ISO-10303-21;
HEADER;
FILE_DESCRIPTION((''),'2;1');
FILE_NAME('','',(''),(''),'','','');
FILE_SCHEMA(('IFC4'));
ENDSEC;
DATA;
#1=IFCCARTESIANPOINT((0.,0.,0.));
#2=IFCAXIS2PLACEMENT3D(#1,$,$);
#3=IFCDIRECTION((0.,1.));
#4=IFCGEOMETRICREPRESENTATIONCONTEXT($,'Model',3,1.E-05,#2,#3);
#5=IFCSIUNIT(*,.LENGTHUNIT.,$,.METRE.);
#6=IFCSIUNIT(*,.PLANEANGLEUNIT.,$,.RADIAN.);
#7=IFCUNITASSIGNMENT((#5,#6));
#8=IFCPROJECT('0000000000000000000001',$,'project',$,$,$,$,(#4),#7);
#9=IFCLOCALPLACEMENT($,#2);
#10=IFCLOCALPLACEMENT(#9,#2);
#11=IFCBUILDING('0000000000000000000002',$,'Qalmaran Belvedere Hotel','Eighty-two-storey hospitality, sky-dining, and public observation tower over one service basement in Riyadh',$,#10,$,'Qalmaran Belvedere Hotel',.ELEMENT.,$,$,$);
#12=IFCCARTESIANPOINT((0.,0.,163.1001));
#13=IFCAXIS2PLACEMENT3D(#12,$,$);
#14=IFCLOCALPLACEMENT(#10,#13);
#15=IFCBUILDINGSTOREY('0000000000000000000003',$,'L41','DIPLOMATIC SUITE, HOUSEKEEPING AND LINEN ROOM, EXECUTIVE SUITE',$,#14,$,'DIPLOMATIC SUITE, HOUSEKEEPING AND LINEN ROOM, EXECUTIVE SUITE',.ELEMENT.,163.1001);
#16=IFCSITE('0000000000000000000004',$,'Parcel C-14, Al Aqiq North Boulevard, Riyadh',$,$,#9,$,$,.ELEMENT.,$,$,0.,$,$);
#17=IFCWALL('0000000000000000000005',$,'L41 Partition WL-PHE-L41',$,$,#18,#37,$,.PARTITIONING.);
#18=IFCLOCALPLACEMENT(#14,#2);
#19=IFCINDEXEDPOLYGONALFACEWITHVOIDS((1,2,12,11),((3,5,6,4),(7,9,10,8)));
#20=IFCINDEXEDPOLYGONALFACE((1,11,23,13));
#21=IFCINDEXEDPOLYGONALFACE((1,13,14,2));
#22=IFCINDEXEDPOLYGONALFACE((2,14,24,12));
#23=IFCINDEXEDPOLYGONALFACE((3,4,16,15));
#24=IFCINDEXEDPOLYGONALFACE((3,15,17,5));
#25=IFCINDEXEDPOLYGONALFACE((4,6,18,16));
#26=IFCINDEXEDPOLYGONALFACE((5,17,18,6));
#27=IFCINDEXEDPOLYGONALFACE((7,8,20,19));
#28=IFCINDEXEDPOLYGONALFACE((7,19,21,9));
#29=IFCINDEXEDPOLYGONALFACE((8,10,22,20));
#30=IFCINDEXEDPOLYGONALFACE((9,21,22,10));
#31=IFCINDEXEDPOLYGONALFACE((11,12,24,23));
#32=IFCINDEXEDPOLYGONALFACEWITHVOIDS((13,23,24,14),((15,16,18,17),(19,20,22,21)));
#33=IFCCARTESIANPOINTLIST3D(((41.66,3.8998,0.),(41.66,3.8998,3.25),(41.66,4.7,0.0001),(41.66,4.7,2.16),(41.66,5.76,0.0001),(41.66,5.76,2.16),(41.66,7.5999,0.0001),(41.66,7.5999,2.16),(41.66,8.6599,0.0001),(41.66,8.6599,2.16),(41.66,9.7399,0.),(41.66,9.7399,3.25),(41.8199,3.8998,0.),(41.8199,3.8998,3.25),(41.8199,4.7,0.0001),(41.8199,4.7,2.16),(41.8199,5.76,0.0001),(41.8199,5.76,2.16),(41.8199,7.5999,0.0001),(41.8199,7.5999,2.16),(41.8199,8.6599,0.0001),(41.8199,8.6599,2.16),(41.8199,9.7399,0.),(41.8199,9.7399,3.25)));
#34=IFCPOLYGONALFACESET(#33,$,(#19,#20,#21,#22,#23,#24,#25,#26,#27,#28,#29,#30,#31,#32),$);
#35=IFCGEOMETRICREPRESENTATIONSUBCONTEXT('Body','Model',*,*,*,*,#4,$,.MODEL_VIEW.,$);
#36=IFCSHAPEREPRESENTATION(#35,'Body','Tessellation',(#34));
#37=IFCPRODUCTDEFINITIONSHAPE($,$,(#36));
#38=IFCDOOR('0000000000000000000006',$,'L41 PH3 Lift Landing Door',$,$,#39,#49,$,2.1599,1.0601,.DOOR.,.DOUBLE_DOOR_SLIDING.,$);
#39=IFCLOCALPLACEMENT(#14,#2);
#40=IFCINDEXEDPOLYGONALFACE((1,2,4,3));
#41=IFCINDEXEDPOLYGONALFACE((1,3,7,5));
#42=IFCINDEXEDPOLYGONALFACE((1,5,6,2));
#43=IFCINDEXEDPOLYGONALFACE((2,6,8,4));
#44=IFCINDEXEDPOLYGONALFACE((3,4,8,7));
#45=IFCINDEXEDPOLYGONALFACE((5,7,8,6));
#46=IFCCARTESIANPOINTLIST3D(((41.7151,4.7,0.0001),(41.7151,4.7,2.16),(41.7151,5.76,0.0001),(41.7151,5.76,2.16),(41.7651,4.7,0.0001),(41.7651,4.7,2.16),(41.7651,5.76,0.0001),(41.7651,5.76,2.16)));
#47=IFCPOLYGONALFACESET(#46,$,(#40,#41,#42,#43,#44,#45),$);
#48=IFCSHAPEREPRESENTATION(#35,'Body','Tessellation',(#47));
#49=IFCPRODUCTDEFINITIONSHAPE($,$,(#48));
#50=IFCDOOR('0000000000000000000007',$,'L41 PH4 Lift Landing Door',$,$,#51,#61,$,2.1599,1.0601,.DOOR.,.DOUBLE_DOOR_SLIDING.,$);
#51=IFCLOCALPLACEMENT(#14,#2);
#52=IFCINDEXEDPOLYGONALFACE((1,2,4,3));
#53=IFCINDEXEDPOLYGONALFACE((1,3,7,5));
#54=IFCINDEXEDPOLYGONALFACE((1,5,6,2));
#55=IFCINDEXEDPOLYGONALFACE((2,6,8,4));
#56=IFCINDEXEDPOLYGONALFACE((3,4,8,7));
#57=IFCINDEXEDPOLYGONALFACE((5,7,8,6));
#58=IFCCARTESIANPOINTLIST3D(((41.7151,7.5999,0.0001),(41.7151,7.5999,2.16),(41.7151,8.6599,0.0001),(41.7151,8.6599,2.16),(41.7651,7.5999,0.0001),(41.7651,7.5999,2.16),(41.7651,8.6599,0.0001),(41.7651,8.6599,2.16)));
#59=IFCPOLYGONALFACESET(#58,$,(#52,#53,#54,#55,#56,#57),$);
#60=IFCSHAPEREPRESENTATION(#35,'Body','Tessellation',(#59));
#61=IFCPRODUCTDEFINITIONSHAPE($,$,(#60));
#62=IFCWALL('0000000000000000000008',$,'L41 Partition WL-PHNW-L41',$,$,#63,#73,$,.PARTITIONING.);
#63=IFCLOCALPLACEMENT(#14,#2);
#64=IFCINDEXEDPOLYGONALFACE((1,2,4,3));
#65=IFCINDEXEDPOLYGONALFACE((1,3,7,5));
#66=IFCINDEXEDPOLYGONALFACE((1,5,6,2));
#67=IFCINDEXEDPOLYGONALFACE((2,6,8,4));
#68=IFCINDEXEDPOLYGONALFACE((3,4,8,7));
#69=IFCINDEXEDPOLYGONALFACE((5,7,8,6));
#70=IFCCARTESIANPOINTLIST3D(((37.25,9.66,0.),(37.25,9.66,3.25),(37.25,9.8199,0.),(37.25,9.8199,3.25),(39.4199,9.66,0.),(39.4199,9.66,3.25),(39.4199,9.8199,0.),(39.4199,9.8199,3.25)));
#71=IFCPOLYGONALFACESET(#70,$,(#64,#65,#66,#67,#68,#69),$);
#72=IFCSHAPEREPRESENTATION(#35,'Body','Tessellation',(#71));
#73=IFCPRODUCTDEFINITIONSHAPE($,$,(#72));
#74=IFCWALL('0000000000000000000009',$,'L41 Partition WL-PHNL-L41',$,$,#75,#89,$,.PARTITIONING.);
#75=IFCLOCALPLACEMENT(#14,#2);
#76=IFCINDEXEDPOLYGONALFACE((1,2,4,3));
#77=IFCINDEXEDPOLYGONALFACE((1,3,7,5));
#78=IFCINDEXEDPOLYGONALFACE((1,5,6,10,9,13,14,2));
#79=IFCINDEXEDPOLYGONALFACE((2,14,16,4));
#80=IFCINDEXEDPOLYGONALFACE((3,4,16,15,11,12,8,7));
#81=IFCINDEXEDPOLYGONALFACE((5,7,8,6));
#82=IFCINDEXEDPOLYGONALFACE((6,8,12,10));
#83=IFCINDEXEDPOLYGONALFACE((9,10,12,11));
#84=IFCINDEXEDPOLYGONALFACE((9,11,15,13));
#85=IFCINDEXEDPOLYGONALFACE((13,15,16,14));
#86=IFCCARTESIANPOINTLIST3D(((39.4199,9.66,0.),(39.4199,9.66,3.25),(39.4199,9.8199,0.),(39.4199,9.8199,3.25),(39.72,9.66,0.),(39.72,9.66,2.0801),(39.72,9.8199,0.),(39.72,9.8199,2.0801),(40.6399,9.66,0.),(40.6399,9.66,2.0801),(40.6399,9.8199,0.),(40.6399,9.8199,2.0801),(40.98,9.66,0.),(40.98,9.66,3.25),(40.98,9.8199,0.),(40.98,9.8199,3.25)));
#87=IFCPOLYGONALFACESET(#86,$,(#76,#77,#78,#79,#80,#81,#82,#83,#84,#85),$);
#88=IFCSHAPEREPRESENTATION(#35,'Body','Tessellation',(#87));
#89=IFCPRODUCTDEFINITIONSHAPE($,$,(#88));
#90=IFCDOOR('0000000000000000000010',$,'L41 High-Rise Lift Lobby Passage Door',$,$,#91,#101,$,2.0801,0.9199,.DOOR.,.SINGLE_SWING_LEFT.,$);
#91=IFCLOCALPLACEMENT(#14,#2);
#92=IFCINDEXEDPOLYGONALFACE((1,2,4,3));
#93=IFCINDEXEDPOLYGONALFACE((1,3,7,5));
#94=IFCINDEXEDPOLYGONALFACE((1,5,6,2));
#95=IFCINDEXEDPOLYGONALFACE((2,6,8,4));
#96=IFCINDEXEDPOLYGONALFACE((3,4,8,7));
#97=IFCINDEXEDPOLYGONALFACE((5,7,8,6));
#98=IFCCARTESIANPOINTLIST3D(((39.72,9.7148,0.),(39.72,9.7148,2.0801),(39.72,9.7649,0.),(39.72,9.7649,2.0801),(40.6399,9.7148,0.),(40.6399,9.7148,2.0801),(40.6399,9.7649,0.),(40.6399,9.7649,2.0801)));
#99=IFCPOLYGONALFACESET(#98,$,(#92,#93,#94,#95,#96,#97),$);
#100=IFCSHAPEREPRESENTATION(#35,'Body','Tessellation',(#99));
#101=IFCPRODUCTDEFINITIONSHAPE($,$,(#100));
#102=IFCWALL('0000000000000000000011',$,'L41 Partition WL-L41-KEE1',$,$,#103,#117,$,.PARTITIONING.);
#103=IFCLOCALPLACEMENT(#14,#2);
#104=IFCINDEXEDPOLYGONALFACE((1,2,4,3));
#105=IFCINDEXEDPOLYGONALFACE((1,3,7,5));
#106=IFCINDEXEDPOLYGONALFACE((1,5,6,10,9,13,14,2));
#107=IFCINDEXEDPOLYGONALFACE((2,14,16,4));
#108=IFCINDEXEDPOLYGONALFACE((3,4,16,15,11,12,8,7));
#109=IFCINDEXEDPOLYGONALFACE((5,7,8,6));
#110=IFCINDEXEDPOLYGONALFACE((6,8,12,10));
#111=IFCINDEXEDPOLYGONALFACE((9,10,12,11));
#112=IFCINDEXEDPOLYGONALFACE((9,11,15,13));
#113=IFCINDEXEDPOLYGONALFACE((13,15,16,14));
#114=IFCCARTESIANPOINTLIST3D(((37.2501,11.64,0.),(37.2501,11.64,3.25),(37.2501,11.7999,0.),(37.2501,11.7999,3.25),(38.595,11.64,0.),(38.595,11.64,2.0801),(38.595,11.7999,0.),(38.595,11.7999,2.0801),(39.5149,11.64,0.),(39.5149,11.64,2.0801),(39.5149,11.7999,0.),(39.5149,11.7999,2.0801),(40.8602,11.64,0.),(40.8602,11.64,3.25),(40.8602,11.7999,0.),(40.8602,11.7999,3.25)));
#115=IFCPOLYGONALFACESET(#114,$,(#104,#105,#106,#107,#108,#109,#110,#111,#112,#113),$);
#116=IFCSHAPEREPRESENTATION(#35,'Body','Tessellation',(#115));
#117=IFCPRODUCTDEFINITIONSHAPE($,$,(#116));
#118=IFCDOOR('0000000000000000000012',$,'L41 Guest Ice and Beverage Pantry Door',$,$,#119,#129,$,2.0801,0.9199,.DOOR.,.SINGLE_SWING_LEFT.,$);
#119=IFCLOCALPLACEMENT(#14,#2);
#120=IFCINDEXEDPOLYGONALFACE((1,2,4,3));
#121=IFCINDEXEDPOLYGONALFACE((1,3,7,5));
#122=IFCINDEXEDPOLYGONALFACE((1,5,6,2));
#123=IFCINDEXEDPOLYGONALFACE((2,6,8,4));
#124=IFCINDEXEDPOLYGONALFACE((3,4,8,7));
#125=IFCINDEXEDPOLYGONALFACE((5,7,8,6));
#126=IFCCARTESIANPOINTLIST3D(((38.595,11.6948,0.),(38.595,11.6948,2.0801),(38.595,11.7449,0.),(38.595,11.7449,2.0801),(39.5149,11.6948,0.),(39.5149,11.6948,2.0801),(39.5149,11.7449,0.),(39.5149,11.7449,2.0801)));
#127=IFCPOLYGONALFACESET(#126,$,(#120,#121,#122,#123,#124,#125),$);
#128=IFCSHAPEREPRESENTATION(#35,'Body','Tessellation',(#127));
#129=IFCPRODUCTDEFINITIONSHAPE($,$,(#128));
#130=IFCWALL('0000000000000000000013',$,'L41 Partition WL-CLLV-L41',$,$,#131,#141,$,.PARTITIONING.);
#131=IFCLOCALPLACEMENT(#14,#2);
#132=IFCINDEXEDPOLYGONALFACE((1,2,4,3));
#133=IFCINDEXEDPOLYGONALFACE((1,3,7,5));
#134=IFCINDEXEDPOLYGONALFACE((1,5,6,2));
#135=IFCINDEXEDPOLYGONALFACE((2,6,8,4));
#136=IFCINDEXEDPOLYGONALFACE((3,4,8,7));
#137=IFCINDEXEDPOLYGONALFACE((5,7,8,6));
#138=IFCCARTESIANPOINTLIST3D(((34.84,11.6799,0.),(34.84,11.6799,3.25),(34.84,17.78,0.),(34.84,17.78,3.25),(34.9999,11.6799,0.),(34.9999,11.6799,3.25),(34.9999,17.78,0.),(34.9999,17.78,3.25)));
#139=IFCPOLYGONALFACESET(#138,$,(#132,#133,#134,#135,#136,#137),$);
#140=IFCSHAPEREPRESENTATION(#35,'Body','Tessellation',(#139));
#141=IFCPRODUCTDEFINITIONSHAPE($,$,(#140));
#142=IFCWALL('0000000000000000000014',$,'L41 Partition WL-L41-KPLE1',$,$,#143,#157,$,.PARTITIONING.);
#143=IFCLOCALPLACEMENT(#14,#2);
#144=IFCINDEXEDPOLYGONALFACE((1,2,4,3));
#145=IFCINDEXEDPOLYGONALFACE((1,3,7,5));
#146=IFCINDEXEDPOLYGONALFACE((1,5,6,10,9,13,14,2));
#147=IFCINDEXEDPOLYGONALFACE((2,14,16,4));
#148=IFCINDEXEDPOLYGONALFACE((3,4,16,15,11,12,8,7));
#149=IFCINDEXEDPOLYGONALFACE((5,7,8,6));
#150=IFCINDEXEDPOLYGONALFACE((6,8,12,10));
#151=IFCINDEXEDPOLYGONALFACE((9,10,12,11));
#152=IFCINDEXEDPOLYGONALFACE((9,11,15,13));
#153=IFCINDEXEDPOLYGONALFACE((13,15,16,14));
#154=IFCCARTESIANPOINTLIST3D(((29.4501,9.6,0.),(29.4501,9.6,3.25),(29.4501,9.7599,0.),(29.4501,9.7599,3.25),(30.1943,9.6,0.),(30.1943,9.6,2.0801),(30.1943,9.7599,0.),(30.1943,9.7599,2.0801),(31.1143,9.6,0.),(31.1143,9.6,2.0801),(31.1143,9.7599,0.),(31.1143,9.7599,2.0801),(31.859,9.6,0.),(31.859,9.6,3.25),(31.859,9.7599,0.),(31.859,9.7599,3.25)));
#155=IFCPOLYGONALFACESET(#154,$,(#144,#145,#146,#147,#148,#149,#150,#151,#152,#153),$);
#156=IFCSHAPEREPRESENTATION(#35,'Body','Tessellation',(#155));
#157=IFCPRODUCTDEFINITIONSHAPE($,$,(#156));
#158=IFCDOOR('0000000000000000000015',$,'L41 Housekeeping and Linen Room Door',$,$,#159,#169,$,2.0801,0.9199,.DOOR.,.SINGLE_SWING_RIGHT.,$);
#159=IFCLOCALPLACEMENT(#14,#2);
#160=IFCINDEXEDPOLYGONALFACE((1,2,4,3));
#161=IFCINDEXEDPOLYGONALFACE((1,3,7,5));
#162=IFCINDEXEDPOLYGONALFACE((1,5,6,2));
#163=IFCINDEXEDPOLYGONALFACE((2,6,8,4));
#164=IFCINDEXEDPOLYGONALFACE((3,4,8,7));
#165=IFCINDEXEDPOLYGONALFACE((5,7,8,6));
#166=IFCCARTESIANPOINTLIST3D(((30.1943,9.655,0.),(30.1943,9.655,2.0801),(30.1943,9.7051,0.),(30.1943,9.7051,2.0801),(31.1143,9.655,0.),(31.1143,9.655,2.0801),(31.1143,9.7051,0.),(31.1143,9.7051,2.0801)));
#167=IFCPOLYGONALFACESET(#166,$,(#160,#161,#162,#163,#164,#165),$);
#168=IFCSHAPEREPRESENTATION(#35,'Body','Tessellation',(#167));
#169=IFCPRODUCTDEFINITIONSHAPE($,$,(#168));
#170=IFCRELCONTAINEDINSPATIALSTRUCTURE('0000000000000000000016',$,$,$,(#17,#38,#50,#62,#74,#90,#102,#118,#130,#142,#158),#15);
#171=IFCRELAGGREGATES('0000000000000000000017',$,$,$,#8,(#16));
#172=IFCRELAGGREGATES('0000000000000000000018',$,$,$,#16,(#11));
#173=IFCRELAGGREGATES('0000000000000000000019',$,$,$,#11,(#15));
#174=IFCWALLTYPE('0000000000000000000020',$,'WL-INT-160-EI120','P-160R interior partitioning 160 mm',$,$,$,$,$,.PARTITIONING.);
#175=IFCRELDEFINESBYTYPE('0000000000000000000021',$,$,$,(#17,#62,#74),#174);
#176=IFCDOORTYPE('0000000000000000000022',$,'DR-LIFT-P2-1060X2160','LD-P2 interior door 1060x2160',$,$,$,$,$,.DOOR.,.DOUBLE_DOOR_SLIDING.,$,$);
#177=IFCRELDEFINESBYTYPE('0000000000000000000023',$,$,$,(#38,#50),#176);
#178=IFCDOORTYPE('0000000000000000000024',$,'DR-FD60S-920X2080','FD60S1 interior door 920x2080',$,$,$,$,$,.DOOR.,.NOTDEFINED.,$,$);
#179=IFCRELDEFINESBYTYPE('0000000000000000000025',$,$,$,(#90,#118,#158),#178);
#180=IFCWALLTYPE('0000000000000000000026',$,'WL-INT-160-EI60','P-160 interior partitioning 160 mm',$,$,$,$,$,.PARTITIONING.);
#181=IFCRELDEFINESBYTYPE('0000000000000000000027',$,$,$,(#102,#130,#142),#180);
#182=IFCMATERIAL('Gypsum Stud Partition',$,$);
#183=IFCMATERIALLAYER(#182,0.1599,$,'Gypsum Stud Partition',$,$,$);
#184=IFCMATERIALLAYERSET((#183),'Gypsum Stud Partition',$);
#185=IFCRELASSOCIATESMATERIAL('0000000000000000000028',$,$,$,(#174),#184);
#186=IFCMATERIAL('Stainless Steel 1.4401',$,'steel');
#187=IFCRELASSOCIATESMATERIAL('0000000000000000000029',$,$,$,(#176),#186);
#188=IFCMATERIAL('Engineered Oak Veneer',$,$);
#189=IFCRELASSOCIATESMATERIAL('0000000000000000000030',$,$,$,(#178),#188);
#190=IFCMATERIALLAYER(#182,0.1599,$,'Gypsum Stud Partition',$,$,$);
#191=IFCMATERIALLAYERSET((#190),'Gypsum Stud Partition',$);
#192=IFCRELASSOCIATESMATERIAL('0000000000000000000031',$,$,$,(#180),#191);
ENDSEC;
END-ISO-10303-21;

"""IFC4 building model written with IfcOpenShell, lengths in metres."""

from ifc_helpers import new_model, si_unit, direction, frame, frame_2d, origin, place, context, subcontext, project, spatial, rectangle, extrude, material, layer, layer_set, type_object, element, fill, save


model = new_model("IFC4")

# Units and contexts
model_context = context("Model", 3, precision=1e-05, world=origin(), true_north=direction((0.0, 1.0)))
body_context = subcontext(model_context, "Body", "Model", "MODEL_VIEW")
ifc_project = project(units=[si_unit("LENGTHUNIT", "METRE"), si_unit("PLANEANGLEUNIT", "RADIAN")], contexts=[model_context])

# Site, building, storey
site_placement = place(None, origin())
site = spatial("IfcSite", under=ifc_project, at=site_placement, Name="Parcel C-14, Al Aqiq North Boulevard, Riyadh", CompositionType="ELEMENT", RefElevation=0.0)
building_placement = place(site_placement, origin())
building = spatial("IfcBuilding", under=site, at=building_placement, Name="Qalmaran Belvedere Hotel", Description="Eighty-two-storey hospitality, sky-dining, and public observation tower over one service basement in Riyadh", LongName="Qalmaran Belvedere Hotel", CompositionType="ELEMENT")
storey_placement = place(building_placement, frame((0.0, 0.0, 163.1001)))
storey = spatial("IfcBuildingStorey", under=building, at=storey_placement, Name="L41", Description="DIPLOMATIC SUITE, HOUSEKEEPING AND LINEN ROOM, EXECUTIVE SUITE", LongName="DIPLOMATIC SUITE, HOUSEKEEPING AND LINEN ROOM, EXECUTIVE SUITE", CompositionType="ELEMENT", Elevation=163.1001)

# Shared definitions
ifc_material_1 = material(Name="Gypsum Stud Partition")

# Wall, openings, doors
ifc_layer_1 = layer(ifc_material_1, 0.1599, Name="Gypsum Stud Partition")
ifc_layer_set_1 = layer_set([ifc_layer_1], Name="Gypsum Stud Partition")
wall_type_1 = type_object("IfcWallType", Name="WL-INT-160-EI120", Description="P-160R interior partitioning 160 mm", PredefinedType="PARTITIONING", material=ifc_layer_set_1)
ifc_material_2 = material(Name="Stainless Steel 1.4401", Category="steel")
door_type_1 = type_object("IfcDoorType", Name="DR-LIFT-P2-1060X2160", Description="LD-P2 interior door 1060x2160", OperationType="DOUBLE_DOOR_SLIDING", PredefinedType="DOOR", material=ifc_material_2)
wall_1_placement = place(storey_placement, frame((41.74, 3.8999, 0.0), z_axis=(0.0, 0.0, 1.0), x_axis=(0.0, 1.0, 0.0)))
wall_1 = element("IfcWall", 1, at=wall_1_placement, inside=storey, type_object=wall_type_1, Name="L41 Partition WL-PHE-L41", PredefinedType="PARTITIONING", context=body_context, shape_type="SweptSolid", body=[
    extrude(rectangle(XDim=5.8401, YDim=0.1599, at=frame_2d((2.9199, 0.0))), origin(), (0.0, 0.0, 1.0), 3.25),
])
opening_1_placement = place(wall_1_placement, frame((0.8, 0.0, 0.0)))
opening_1 = element("IfcOpeningElement", 2, at=opening_1_placement, cuts=wall_1, PredefinedType="OPENING", context=body_context, shape_type="SweptSolid", body=[
    extrude(rectangle(XDim=1.0601, YDim=2.1599, at=frame_2d((0.53, 1.0801))), frame((0.0, 0.0898, 0.0), z_axis=(0.0, -1.0, 0.0), x_axis=(1.0, 0.0, 0.0)), (0.0, 0.0, 1.0), 0.1799),
])
opening_2_placement = place(wall_1_placement, frame((3.7, 0.0, 0.0)))
opening_2 = element("IfcOpeningElement", 3, at=opening_2_placement, cuts=wall_1, PredefinedType="OPENING", context=body_context, shape_type="SweptSolid", body=[
    extrude(rectangle(XDim=1.0601, YDim=2.1599, at=frame_2d((0.53, 1.0801))), frame((0.0, 0.0898, 0.0), z_axis=(0.0, -1.0, 0.0), x_axis=(1.0, 0.0, 0.0)), (0.0, 0.0, 1.0), 0.1799),
])
door_1_placement = place(opening_1_placement, origin())
door_1 = element("IfcDoor", 4, at=door_1_placement, inside=storey, type_object=door_type_1, Name="L41 PH3 Lift Landing Door", OperationType="DOUBLE_DOOR_SLIDING", OverallHeight=2.1599, OverallWidth=1.0601, PredefinedType="DOOR", context=body_context, shape_type="SweptSolid", body=[
    extrude(rectangle(XDim=1.0601, YDim=2.1599, at=frame_2d((0.53, 1.0801))), frame((0.0, 0.0249, 0.0), z_axis=(0.0, -1.0, 0.0), x_axis=(1.0, 0.0, 0.0)), (0.0, 0.0, 1.0), 0.05),
])
fill(opening_1, door_1)
door_2_placement = place(opening_2_placement, origin())
door_2 = element("IfcDoor", 5, at=door_2_placement, inside=storey, type_object=door_type_1, Name="L41 PH4 Lift Landing Door", OperationType="DOUBLE_DOOR_SLIDING", OverallHeight=2.1599, OverallWidth=1.0601, PredefinedType="DOOR", context=body_context, shape_type="SweptSolid", body=[
    extrude(rectangle(XDim=1.0601, YDim=2.1599, at=frame_2d((0.53, 1.0801))), frame((0.0, 0.0249, 0.0), z_axis=(0.0, -1.0, 0.0), x_axis=(1.0, 0.0, 0.0)), (0.0, 0.0, 1.0), 0.05),
])
fill(opening_2, door_2)

# Wall
wall_2_placement = place(storey_placement, frame((37.25, 9.74, 0.0), z_axis=(0.0, 0.0, 1.0), x_axis=(1.0, 0.0, 0.0)))
element("IfcWall", 6, at=wall_2_placement, inside=storey, type_object=wall_type_1, Name="L41 Partition WL-PHNW-L41", PredefinedType="PARTITIONING", context=body_context, shape_type="SweptSolid", body=[
    extrude(rectangle(XDim=2.1699, YDim=0.1599, at=frame_2d((1.085, 0.0))), origin(), (0.0, 0.0, 1.0), 3.25),
])

# Walls, openings, doors
wall_3_placement = place(storey_placement, frame((39.4199, 9.74, 0.0), z_axis=(0.0, 0.0, 1.0), x_axis=(1.0, 0.0, 0.0)))
wall_3 = element("IfcWall", 7, at=wall_3_placement, inside=storey, type_object=wall_type_1, Name="L41 Partition WL-PHNL-L41", PredefinedType="PARTITIONING", context=body_context, shape_type="SweptSolid", body=[
    extrude(rectangle(XDim=1.5601, YDim=0.1599, at=frame_2d((0.78, 0.0))), origin(), (0.0, 0.0, 1.0), 3.25),
])
opening_3_placement = place(wall_3_placement, frame((0.3, 0.0, 0.0)))
opening_3 = element("IfcOpeningElement", 8, at=opening_3_placement, cuts=wall_3, PredefinedType="OPENING", context=body_context, shape_type="SweptSolid", body=[
    extrude(rectangle(XDim=0.9199, YDim=2.0801, at=frame_2d((0.46, 1.04))), frame((0.0, 0.0898, 0.0), z_axis=(0.0, -1.0, 0.0), x_axis=(1.0, 0.0, 0.0)), (0.0, 0.0, 1.0), 0.1799),
])
ifc_material_3 = material(Name="Engineered Oak Veneer")
door_type_2 = type_object("IfcDoorType", Name="DR-FD60S-920X2080", Description="FD60S1 interior door 920x2080", OperationType="NOTDEFINED", PredefinedType="DOOR", material=ifc_material_3)
door_3_placement = place(opening_3_placement, origin())
door_3 = element("IfcDoor", 9, at=door_3_placement, inside=storey, type_object=door_type_2, Name="L41 High-Rise Lift Lobby Passage Door", OperationType="SINGLE_SWING_LEFT", OverallHeight=2.0801, OverallWidth=0.9199, PredefinedType="DOOR", context=body_context, shape_type="SweptSolid", body=[
    extrude(rectangle(XDim=0.9199, YDim=2.0801, at=frame_2d((0.46, 1.04))), frame((0.0, 0.0249, 0.0), z_axis=(0.0, -1.0, 0.0), x_axis=(1.0, 0.0, 0.0)), (0.0, 0.0, 1.0), 0.05),
])
fill(opening_3, door_3)
ifc_layer_2 = layer(ifc_material_1, 0.1599, Name="Gypsum Stud Partition")
ifc_layer_set_2 = layer_set([ifc_layer_2], Name="Gypsum Stud Partition")
wall_type_2 = type_object("IfcWallType", Name="WL-INT-160-EI60", Description="P-160 interior partitioning 160 mm", PredefinedType="PARTITIONING", material=ifc_layer_set_2)
wall_4_placement = place(storey_placement, frame((37.25, 11.72, 0.0), z_axis=(0.0, 0.0, 1.0), x_axis=(1.0, 0.0, 0.0)))
wall_4 = element("IfcWall", 10, at=wall_4_placement, inside=storey, type_object=wall_type_2, Name="L41 Partition WL-L41-KEE1", PredefinedType="PARTITIONING", context=body_context, shape_type="SweptSolid", body=[
    extrude(rectangle(XDim=3.6101, YDim=0.1599, at=frame_2d((1.8052, 0.0))), origin(), (0.0, 0.0, 1.0), 3.25),
])
opening_4_placement = place(wall_4_placement, frame((1.345, 0.0, 0.0)))
opening_4 = element("IfcOpeningElement", 11, at=opening_4_placement, cuts=wall_4, PredefinedType="OPENING", context=body_context, shape_type="SweptSolid", body=[
    extrude(rectangle(XDim=0.9199, YDim=2.0801, at=frame_2d((0.46, 1.04))), frame((0.0, 0.0898, 0.0), z_axis=(0.0, -1.0, 0.0), x_axis=(1.0, 0.0, 0.0)), (0.0, 0.0, 1.0), 0.1799),
])
door_4_placement = place(opening_4_placement, origin())
door_4 = element("IfcDoor", 12, at=door_4_placement, inside=storey, type_object=door_type_2, Name="L41 Guest Ice and Beverage Pantry Door", OperationType="SINGLE_SWING_LEFT", OverallHeight=2.0801, OverallWidth=0.9199, PredefinedType="DOOR", context=body_context, shape_type="SweptSolid", body=[
    extrude(rectangle(XDim=0.9199, YDim=2.0801, at=frame_2d((0.46, 1.04))), frame((0.0, 0.0249, 0.0), z_axis=(0.0, -1.0, 0.0), x_axis=(1.0, 0.0, 0.0)), (0.0, 0.0, 1.0), 0.05),
])
fill(opening_4, door_4)

# Wall
wall_5_placement = place(storey_placement, frame((34.9199, 11.6799, 0.0), z_axis=(0.0, 0.0, 1.0), x_axis=(0.0, 1.0, 0.0)))
element("IfcWall", 13, at=wall_5_placement, inside=storey, type_object=wall_type_2, Name="L41 Partition WL-CLLV-L41", PredefinedType="PARTITIONING", context=body_context, shape_type="SweptSolid", body=[
    extrude(rectangle(XDim=6.1001, YDim=0.1599, at=frame_2d((3.05, 0.0))), origin(), (0.0, 0.0, 1.0), 3.25),
])

# Wall, opening, door
wall_6_placement = place(storey_placement, frame((29.45, 9.6799, 0.0), z_axis=(0.0, 0.0, 1.0), x_axis=(1.0, 0.0, 0.0)))
wall_6 = element("IfcWall", 14, at=wall_6_placement, inside=storey, type_object=wall_type_2, Name="L41 Partition WL-L41-KPLE1", PredefinedType="PARTITIONING", context=body_context, shape_type="SweptSolid", body=[
    extrude(rectangle(XDim=2.4089, YDim=0.1599, at=frame_2d((1.2046, 0.0))), origin(), (0.0, 0.0, 1.0), 3.25),
])
opening_5_placement = place(wall_6_placement, frame((1.6643, 0.0, 0.0), z_axis=(0.0, 0.0, 1.0), x_axis=(-1.0, 0.0, 0.0)))
opening_5 = element("IfcOpeningElement", 15, at=opening_5_placement, cuts=wall_6, PredefinedType="OPENING", context=body_context, shape_type="SweptSolid", body=[
    extrude(rectangle(XDim=0.9199, YDim=2.0801, at=frame_2d((0.46, 1.04))), frame((0.0, 0.0898, 0.0), z_axis=(0.0, -1.0, 0.0), x_axis=(1.0, 0.0, 0.0)), (0.0, 0.0, 1.0), 0.1799),
])
door_5_placement = place(opening_5_placement, origin())
door_5 = element("IfcDoor", 16, at=door_5_placement, inside=storey, type_object=door_type_2, Name="L41 Housekeeping and Linen Room Door", OperationType="SINGLE_SWING_RIGHT", OverallHeight=2.0801, OverallWidth=0.9199, PredefinedType="DOOR", context=body_context, shape_type="SweptSolid", body=[
    extrude(rectangle(XDim=0.9199, YDim=2.0801, at=frame_2d((0.46, 1.04))), frame((0.0, 0.0249, 0.0), z_axis=(0.0, -1.0, 0.0), x_axis=(1.0, 0.0, 0.0)), (0.0, 0.0, 1.0), 0.05),
])
fill(opening_5, door_5)

save(model, "model.ifc")
